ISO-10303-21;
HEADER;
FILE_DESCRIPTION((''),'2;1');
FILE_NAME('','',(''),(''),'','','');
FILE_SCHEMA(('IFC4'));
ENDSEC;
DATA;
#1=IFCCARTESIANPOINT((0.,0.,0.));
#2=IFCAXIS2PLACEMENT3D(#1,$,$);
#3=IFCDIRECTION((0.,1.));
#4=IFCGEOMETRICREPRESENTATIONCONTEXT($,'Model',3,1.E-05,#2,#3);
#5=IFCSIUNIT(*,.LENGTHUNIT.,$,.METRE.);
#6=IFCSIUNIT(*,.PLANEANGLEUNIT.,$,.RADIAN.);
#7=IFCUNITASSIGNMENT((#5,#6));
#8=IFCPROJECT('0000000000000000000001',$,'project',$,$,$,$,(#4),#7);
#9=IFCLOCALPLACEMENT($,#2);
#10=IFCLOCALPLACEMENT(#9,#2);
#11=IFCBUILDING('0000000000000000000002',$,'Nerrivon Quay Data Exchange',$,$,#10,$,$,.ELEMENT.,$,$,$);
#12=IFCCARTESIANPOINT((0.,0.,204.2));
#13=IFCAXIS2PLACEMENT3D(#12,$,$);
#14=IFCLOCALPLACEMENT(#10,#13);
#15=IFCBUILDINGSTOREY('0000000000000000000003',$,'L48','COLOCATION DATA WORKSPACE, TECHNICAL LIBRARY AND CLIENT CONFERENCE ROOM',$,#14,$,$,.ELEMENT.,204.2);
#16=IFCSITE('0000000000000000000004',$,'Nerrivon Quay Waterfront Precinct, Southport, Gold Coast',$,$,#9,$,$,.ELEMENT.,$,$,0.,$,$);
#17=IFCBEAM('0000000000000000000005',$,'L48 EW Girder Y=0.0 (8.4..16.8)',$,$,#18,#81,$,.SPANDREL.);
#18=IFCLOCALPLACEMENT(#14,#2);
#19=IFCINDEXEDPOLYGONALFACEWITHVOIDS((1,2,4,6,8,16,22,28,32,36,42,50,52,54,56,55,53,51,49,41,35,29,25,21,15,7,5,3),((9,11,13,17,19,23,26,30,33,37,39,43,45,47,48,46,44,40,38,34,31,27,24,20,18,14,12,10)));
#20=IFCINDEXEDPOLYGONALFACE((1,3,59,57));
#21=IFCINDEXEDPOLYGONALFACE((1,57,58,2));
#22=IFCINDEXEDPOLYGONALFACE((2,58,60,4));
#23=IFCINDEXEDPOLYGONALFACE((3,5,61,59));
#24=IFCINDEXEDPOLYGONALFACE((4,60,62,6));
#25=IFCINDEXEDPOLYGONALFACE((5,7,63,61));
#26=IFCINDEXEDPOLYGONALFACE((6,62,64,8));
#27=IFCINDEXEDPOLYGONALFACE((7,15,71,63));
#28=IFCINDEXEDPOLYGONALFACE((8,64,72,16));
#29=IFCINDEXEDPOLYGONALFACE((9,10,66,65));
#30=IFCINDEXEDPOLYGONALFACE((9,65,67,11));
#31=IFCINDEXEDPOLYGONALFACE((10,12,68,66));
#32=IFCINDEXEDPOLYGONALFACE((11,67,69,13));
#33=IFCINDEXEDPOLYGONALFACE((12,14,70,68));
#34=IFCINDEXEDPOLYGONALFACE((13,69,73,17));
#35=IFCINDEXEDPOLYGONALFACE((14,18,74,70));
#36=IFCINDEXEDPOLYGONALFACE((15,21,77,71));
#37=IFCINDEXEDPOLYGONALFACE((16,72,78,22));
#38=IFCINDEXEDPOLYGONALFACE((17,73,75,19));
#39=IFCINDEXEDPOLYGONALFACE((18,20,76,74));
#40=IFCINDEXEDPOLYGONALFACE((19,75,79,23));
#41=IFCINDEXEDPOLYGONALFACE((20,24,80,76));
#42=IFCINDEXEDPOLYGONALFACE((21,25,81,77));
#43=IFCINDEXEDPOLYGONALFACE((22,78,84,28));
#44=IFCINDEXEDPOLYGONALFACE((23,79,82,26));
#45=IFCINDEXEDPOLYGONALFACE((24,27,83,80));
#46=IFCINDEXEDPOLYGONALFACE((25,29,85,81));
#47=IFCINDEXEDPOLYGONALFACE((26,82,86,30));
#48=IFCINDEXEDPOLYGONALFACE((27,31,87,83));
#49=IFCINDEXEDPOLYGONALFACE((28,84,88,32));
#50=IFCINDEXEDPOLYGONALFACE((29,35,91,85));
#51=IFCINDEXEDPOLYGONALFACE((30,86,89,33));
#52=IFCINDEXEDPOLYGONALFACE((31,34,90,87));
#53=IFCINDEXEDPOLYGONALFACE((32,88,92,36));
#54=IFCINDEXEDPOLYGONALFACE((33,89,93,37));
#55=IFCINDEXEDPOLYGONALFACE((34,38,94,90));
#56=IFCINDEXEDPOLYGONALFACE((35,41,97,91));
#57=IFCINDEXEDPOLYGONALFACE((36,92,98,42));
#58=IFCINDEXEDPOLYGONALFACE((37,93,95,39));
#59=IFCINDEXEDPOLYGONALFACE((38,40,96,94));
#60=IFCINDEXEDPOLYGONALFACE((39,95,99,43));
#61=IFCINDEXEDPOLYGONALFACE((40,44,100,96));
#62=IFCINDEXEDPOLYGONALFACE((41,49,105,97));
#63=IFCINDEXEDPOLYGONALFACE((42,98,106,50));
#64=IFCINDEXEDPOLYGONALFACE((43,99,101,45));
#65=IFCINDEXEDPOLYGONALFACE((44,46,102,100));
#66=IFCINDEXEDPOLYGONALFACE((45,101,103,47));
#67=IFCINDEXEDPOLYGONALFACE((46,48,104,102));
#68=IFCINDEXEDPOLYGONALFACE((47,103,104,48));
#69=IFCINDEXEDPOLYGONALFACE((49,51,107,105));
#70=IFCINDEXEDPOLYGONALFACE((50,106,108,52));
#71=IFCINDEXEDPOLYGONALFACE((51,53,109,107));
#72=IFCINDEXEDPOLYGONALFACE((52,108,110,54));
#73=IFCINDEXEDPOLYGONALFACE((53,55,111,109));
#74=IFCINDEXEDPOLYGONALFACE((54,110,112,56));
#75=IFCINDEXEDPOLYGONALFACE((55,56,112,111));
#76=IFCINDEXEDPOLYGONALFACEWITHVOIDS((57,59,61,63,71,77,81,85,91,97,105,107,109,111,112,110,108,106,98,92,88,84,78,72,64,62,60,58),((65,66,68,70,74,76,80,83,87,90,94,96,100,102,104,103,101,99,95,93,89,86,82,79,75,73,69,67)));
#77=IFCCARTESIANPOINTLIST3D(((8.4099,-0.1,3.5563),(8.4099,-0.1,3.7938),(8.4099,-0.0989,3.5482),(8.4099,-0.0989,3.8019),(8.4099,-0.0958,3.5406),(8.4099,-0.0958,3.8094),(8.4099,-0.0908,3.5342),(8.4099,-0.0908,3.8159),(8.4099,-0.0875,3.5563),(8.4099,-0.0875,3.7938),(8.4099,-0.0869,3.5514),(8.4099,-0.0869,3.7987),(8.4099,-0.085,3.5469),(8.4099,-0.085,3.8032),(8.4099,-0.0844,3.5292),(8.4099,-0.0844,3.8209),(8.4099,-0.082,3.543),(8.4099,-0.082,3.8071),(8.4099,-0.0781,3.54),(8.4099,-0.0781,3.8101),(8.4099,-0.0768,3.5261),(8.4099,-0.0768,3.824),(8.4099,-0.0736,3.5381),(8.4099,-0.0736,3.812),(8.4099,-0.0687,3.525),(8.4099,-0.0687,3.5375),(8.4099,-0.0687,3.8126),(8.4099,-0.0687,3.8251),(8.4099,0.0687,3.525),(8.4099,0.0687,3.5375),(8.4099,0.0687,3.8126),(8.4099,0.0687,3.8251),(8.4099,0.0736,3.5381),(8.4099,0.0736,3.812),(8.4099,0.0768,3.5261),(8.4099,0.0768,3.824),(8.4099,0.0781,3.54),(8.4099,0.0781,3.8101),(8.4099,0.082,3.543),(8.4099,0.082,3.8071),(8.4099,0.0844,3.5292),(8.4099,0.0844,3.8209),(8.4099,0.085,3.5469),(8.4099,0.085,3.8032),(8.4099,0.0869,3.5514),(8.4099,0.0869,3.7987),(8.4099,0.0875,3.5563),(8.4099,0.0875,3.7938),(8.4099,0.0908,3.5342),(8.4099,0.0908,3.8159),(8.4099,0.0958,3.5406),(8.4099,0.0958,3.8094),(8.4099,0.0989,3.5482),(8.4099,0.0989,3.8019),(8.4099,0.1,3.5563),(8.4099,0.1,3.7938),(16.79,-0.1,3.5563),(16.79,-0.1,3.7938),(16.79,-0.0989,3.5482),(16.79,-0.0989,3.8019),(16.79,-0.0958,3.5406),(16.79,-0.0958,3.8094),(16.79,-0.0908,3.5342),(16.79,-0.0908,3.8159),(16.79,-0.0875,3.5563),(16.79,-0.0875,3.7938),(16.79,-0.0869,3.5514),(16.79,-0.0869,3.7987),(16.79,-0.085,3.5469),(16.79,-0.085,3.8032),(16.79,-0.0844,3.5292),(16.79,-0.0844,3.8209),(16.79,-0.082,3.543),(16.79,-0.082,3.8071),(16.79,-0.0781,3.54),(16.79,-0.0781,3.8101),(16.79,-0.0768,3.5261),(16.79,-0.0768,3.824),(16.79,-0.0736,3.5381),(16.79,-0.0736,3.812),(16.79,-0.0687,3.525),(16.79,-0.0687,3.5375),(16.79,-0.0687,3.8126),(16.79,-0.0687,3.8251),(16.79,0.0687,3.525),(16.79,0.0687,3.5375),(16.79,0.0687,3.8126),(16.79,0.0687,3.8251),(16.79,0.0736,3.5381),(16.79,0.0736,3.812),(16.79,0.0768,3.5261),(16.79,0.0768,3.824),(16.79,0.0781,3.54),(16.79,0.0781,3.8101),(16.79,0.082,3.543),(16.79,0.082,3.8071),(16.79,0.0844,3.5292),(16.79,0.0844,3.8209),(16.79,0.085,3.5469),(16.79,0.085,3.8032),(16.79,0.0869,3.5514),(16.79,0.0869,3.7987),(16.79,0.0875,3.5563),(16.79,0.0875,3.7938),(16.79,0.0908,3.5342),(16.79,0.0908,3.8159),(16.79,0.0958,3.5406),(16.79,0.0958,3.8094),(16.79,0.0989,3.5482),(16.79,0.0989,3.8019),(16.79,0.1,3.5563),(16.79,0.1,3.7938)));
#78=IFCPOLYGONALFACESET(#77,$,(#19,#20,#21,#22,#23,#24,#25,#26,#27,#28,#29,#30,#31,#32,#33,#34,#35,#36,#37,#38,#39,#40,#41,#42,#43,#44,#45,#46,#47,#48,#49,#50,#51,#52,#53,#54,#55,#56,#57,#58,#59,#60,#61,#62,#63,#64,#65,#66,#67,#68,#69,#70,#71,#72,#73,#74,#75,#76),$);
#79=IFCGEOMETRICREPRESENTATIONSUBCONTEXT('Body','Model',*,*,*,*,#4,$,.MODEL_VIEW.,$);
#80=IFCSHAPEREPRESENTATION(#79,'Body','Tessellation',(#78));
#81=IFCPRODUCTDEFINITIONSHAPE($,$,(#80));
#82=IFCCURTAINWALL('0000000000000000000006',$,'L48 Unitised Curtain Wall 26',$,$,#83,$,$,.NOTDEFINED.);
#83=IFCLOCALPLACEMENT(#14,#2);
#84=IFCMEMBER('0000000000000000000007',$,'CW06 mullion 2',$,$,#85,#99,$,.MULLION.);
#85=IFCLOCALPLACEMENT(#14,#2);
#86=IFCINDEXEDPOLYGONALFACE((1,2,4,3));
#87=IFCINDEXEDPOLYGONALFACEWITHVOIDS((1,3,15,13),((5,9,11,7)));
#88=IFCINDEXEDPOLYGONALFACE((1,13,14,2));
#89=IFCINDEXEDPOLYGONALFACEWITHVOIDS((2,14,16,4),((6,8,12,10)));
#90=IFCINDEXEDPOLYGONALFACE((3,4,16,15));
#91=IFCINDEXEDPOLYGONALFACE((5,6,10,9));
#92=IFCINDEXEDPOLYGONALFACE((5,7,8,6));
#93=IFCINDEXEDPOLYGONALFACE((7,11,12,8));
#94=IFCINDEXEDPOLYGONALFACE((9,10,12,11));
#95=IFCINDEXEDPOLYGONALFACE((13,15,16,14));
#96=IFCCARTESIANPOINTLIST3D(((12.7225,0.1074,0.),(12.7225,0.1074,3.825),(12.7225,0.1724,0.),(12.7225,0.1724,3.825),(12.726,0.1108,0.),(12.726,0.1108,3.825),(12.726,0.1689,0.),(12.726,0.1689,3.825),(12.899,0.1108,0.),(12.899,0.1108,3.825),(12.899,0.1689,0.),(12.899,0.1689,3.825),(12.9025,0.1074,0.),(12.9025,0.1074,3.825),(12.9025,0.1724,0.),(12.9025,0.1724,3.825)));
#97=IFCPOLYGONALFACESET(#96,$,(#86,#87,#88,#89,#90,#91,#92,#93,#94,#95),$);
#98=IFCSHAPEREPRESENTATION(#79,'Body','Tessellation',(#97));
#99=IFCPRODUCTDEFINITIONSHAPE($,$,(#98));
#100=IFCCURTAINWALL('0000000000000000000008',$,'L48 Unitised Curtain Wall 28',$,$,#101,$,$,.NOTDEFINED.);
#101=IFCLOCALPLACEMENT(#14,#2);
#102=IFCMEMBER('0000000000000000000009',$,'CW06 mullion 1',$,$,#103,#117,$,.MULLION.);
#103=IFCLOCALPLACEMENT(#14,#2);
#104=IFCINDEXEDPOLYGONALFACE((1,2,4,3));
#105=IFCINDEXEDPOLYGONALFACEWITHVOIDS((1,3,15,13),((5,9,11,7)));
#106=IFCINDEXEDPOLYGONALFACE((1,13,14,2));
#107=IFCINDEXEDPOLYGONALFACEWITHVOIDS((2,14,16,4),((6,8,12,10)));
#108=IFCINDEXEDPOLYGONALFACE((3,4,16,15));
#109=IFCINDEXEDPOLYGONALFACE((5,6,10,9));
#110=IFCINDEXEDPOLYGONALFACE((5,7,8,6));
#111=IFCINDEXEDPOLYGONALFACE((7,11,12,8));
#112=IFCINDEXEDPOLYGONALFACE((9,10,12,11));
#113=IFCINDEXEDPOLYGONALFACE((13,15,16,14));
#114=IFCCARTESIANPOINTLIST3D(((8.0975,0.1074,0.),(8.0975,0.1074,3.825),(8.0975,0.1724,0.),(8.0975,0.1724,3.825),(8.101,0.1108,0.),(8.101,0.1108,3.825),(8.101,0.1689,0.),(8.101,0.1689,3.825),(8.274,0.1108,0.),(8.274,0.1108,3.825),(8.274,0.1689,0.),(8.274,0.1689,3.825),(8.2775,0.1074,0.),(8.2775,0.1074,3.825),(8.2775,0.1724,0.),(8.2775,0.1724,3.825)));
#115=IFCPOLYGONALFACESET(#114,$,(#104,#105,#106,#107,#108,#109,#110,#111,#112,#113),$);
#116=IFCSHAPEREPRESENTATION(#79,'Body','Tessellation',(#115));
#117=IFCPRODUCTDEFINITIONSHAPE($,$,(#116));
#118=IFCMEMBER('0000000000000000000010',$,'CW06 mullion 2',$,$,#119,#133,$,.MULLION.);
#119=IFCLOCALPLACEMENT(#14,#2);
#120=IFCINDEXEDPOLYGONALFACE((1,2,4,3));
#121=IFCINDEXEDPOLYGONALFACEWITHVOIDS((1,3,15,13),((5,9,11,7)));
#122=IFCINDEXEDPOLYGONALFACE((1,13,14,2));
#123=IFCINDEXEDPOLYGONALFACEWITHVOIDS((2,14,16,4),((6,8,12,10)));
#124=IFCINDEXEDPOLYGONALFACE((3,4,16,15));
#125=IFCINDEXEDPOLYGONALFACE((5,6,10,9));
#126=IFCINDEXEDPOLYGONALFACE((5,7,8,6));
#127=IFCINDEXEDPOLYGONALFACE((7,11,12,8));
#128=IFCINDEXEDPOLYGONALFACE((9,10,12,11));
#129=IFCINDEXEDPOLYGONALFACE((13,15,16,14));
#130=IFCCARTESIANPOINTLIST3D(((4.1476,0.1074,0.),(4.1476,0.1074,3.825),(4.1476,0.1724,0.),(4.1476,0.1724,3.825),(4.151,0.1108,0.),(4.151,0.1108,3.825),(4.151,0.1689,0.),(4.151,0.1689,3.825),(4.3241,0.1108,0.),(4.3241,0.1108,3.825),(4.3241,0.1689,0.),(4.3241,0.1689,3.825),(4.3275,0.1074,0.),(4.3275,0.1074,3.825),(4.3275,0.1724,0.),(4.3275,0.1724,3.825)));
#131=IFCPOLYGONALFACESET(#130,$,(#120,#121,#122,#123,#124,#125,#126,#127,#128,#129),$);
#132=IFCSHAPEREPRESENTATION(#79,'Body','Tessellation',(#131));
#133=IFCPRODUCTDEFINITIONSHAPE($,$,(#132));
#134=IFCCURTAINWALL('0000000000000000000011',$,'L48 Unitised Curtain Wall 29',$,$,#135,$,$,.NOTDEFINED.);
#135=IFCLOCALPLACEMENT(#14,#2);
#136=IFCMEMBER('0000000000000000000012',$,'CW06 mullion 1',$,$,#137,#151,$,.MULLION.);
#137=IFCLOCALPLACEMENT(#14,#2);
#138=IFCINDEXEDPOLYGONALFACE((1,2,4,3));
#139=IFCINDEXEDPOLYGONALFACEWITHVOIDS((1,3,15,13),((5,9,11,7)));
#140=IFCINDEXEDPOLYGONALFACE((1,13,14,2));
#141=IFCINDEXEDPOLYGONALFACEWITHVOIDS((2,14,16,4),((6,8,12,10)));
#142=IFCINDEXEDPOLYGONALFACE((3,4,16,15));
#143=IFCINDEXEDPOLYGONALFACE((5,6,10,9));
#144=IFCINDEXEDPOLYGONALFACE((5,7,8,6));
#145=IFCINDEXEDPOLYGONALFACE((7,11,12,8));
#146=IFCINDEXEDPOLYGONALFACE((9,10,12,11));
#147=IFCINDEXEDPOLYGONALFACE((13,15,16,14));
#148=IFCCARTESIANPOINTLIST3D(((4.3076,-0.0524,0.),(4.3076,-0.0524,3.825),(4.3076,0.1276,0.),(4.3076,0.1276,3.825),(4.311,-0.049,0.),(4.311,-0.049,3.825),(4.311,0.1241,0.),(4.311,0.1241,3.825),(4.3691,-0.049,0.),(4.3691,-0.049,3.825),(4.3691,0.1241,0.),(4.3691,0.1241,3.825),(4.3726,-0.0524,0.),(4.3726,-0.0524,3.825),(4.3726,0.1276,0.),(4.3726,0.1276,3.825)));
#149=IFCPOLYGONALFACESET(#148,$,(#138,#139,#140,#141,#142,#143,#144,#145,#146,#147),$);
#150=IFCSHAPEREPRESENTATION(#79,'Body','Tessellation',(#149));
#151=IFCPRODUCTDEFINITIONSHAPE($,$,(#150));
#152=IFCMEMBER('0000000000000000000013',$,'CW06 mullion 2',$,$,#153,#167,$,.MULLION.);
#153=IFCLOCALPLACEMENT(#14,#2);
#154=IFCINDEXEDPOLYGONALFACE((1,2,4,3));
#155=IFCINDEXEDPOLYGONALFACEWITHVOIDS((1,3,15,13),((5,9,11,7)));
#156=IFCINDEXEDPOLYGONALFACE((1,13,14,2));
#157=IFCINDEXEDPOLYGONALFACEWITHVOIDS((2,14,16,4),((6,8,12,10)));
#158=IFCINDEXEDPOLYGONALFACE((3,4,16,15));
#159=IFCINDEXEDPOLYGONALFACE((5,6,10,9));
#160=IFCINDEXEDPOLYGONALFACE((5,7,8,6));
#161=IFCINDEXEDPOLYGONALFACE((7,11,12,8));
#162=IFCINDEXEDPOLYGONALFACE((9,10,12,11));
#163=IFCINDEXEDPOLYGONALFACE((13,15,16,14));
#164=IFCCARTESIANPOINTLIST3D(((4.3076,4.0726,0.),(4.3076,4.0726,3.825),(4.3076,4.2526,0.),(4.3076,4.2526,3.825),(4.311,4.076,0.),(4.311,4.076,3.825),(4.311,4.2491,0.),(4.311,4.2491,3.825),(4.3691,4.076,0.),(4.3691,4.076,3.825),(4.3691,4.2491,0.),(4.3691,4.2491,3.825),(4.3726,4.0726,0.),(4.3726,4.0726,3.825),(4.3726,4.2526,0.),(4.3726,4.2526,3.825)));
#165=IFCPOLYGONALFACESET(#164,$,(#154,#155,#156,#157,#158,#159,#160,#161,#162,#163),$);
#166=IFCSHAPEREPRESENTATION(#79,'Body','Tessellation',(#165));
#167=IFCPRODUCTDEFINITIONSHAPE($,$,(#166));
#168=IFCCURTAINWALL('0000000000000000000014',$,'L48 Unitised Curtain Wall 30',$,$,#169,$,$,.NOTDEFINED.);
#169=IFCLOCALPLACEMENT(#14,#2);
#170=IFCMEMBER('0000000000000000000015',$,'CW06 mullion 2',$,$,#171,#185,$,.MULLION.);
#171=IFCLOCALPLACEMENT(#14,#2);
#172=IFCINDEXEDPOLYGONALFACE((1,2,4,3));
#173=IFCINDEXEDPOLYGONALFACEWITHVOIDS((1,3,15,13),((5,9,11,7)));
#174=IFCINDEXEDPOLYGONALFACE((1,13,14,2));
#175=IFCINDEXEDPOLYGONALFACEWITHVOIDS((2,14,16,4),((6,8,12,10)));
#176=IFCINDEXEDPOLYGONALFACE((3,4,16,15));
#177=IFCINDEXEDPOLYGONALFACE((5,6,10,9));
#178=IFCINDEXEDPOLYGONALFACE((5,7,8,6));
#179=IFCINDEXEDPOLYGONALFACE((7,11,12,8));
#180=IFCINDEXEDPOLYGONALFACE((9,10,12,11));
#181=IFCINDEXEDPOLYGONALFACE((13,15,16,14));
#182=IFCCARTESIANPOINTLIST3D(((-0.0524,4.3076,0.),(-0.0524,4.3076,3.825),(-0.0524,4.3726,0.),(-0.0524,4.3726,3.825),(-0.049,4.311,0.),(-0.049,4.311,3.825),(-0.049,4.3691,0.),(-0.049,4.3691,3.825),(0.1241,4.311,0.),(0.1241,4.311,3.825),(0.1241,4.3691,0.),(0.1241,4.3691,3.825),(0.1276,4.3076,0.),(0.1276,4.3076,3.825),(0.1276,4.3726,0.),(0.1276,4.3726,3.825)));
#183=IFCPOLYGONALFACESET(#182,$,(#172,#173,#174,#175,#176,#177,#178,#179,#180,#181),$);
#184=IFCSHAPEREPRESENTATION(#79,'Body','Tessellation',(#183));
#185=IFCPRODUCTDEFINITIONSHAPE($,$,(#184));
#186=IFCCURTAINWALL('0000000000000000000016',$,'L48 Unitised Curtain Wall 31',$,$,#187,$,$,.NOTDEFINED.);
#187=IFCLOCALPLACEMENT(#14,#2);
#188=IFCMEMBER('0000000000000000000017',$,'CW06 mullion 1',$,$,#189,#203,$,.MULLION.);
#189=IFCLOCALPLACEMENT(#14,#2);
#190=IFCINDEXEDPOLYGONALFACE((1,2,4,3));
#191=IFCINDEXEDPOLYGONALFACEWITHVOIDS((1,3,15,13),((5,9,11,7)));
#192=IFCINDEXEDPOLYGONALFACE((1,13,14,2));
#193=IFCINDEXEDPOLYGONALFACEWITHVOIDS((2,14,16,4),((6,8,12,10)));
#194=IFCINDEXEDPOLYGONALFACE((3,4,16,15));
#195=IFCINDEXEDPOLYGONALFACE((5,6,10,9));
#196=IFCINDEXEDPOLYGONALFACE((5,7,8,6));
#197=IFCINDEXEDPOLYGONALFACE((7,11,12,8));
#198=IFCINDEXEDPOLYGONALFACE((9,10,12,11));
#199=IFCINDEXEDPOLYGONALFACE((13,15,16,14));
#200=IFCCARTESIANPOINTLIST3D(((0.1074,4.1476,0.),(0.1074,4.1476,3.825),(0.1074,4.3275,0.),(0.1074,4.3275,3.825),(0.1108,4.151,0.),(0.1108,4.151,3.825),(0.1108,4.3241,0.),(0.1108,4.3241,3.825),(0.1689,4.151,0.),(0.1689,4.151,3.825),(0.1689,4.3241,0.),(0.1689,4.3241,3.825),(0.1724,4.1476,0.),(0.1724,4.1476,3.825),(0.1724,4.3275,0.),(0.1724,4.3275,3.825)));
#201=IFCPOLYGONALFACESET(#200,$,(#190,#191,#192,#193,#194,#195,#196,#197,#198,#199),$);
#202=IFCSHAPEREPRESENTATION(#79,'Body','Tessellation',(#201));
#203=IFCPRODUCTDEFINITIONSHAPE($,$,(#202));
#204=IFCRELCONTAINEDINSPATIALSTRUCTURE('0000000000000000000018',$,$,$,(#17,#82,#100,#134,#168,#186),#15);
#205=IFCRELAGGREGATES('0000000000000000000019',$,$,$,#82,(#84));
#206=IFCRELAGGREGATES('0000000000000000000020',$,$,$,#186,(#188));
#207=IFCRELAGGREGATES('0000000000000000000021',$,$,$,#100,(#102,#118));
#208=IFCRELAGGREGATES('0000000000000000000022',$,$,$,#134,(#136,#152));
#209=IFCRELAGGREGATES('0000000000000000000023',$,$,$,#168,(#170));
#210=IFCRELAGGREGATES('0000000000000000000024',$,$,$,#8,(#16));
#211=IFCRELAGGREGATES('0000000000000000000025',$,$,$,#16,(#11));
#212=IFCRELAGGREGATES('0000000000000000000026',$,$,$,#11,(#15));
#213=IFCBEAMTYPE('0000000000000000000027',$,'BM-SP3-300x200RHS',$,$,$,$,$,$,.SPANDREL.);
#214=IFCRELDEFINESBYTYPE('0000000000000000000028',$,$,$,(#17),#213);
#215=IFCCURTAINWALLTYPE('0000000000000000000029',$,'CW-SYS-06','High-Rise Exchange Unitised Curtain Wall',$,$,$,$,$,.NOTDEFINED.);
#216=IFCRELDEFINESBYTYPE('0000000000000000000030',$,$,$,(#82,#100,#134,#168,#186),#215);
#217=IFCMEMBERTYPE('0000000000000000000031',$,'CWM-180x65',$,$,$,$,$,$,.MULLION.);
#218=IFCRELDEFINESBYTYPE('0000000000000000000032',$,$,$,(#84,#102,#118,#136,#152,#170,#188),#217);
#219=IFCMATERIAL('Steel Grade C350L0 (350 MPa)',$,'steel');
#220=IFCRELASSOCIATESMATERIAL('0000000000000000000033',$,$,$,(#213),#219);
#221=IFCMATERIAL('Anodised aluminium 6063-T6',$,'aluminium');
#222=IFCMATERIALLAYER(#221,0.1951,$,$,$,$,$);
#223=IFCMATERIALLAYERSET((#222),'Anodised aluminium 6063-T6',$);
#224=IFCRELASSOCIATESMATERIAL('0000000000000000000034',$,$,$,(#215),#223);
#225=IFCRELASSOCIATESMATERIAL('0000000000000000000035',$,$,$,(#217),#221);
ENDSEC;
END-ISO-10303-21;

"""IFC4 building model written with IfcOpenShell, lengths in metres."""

from ifc_helpers import new_model, si_unit, direction, frame, origin, origin_2d, place, context, subcontext, project, spatial, hollow_rectangle, extrude, material, layer, layer_set, material_profile, profile_set, type_object, element, aggregate, save


model = new_model("IFC4")

# Units and contexts
model_context = context("Model", 3, precision=1e-05, world=origin(), true_north=direction((0.0, 1.0)))
body_context = subcontext(model_context, "Body", "Model", "MODEL_VIEW")
ifc_project = project(units=[si_unit("LENGTHUNIT", "METRE"), si_unit("PLANEANGLEUNIT", "RADIAN")], contexts=[model_context])

# Site, building, storey
site_placement = place(None, origin())
site = spatial("IfcSite", under=ifc_project, at=site_placement, Name="Nerrivon Quay Waterfront Precinct, Southport, Gold Coast", CompositionType="ELEMENT", RefElevation=0.0)
building_placement = place(site_placement, origin())
building = spatial("IfcBuilding", under=site, at=building_placement, Name="Nerrivon Quay Data Exchange", CompositionType="ELEMENT")
storey_placement = place(building_placement, frame((0.0, 0.0, 204.2)))
storey = spatial("IfcBuildingStorey", under=building, at=storey_placement, Name="L48", Description="COLOCATION DATA WORKSPACE, TECHNICAL LIBRARY AND CLIENT CONFERENCE ROOM", CompositionType="ELEMENT", Elevation=204.2)

# Beam
ifc_material_1 = material(Name="Steel Grade C350L0 (350 MPa)", Category="steel")
ifc_material_profile_1 = material_profile(ifc_material_1, hollow_rectangle(XDim=0.2, YDim=0.3, WallThickness=0.0125, InnerFilletRadius=0.0188, OuterFilletRadius=0.0312, at=origin_2d()), Name="300x200x12.5RHS")
ifc_profile_set_1 = profile_set([ifc_material_profile_1], Name="Steel Grade C350L0 (350 MPa)")
beam_type_1 = type_object("IfcBeamType", Name="BM-SP3-300x200RHS", PredefinedType="SPANDREL", material=ifc_profile_set_1)
beam_1_placement = place(storey_placement, frame((8.4099, 0.0, 3.675), z_axis=(1.0, 0.0, 0.0), x_axis=(0.0, 1.0, 0.0)))
element("IfcBeam", 1, at=beam_1_placement, inside=storey, type_object=beam_type_1, Name="L48 EW Girder Y=0.0 (8.4..16.8)", PredefinedType="SPANDREL", context=body_context, shape_type="SweptSolid", body=[
    extrude(hollow_rectangle(XDim=0.2, YDim=0.3, WallThickness=0.0125, InnerFilletRadius=0.0188, OuterFilletRadius=0.0312, at=origin_2d()), origin(), (0.0, 0.0, 1.0), 8.3801),
])

# Curtain wall, member
ifc_material_2 = material(Name="Anodised aluminium 6063-T6", Category="aluminium")
ifc_layer_1 = layer(ifc_material_2, 0.1951)
ifc_layer_set_1 = layer_set([ifc_layer_1], Name="Anodised aluminium 6063-T6")
curtain_wall_type = type_object("IfcCurtainWallType", Name="CW-SYS-06", Description="High-Rise Exchange Unitised Curtain Wall", PredefinedType="NOTDEFINED", material=ifc_layer_set_1)
curtain_wall_1_placement = place(storey_placement, origin())
curtain_wall_1 = element("IfcCurtainWall", 2, at=curtain_wall_1_placement, inside=storey, type_object=curtain_wall_type, Name="L48 Unitised Curtain Wall 26", PredefinedType="NOTDEFINED")
ifc_material_profile_2 = material_profile(ifc_material_2, hollow_rectangle(XDim=0.0649, YDim=0.1799, WallThickness=0.0034, at=origin_2d()), Name="ALU-MULL-180x65")
ifc_profile_set_2 = profile_set([ifc_material_profile_2], Name="Anodised aluminium 6063-T6")
member_type_1 = type_object("IfcMemberType", Name="CWM-180x65", PredefinedType="MULLION", material=ifc_profile_set_2)
member_1_placement = place(storey_placement, frame((12.8125, 0.1399, 0.0), z_axis=(0.0, 0.0, 1.0), x_axis=(0.0, -1.0, 0.0)))
member_1 = element("IfcMember", 3, at=member_1_placement, type_object=member_type_1, Name="CW06 mullion 2", PredefinedType="MULLION", context=body_context, shape_type="SweptSolid", body=[
    extrude(hollow_rectangle(XDim=0.0649, YDim=0.1799, WallThickness=0.0034, at=origin_2d()), origin(), (0.0, 0.0, 1.0), 3.825),
])
aggregate(curtain_wall_1, [member_1])

# Curtain walls, members
curtain_wall_2_placement = place(storey_placement, origin())
curtain_wall_2 = element("IfcCurtainWall", 4, at=curtain_wall_2_placement, inside=storey, type_object=curtain_wall_type, Name="L48 Unitised Curtain Wall 28", PredefinedType="NOTDEFINED")
member_2_placement = place(storey_placement, frame((8.1875, 0.1399, 0.0), z_axis=(0.0, 0.0, 1.0), x_axis=(0.0, -1.0, 0.0)))
member_2 = element("IfcMember", 5, at=member_2_placement, type_object=member_type_1, Name="CW06 mullion 1", PredefinedType="MULLION", context=body_context, shape_type="SweptSolid", body=[
    extrude(hollow_rectangle(XDim=0.0649, YDim=0.1799, WallThickness=0.0034, at=origin_2d()), origin(), (0.0, 0.0, 1.0), 3.825),
])
member_3_placement = place(storey_placement, frame((4.2375, 0.1399, 0.0), z_axis=(0.0, 0.0, 1.0), x_axis=(0.0, -1.0, 0.0)))
member_3 = element("IfcMember", 6, at=member_3_placement, type_object=member_type_1, Name="CW06 mullion 2", PredefinedType="MULLION", context=body_context, shape_type="SweptSolid", body=[
    extrude(hollow_rectangle(XDim=0.0649, YDim=0.1799, WallThickness=0.0034, at=origin_2d()), origin(), (0.0, 0.0, 1.0), 3.825),
])
curtain_wall_3_placement = place(storey_placement, origin())
curtain_wall_3 = element("IfcCurtainWall", 7, at=curtain_wall_3_placement, inside=storey, type_object=curtain_wall_type, Name="L48 Unitised Curtain Wall 29", PredefinedType="NOTDEFINED")
member_4_placement = place(storey_placement, frame((4.3401, 0.0376, 0.0), z_axis=(0.0, 0.0, 1.0), x_axis=(-1.0, 0.0, 0.0)))
member_4 = element("IfcMember", 8, at=member_4_placement, type_object=member_type_1, Name="CW06 mullion 1", PredefinedType="MULLION", context=body_context, shape_type="SweptSolid", body=[
    extrude(hollow_rectangle(XDim=0.0649, YDim=0.1799, WallThickness=0.0034, at=origin_2d()), origin(), (0.0, 0.0, 1.0), 3.825),
])
member_5_placement = place(storey_placement, frame((4.3401, 4.1626, 0.0), z_axis=(0.0, 0.0, 1.0), x_axis=(-1.0, 0.0, 0.0)))
member_5 = element("IfcMember", 9, at=member_5_placement, type_object=member_type_1, Name="CW06 mullion 2", PredefinedType="MULLION", context=body_context, shape_type="SweptSolid", body=[
    extrude(hollow_rectangle(XDim=0.0649, YDim=0.1799, WallThickness=0.0034, at=origin_2d()), origin(), (0.0, 0.0, 1.0), 3.825),
])

# Curtain walls, members
curtain_wall_4_placement = place(storey_placement, origin())
curtain_wall_4 = element("IfcCurtainWall", 10, at=curtain_wall_4_placement, inside=storey, type_object=curtain_wall_type, Name="L48 Unitised Curtain Wall 30", PredefinedType="NOTDEFINED")
member_6_placement = place(storey_placement, frame((0.0376, 4.3401, 0.0), z_axis=(0.0, 0.0, 1.0), x_axis=(0.0, -1.0, 0.0)))
member_6 = element("IfcMember", 11, at=member_6_placement, type_object=member_type_1, Name="CW06 mullion 2", PredefinedType="MULLION", context=body_context, shape_type="SweptSolid", body=[
    extrude(hollow_rectangle(XDim=0.0649, YDim=0.1799, WallThickness=0.0034, at=origin_2d()), origin(), (0.0, 0.0, 1.0), 3.825),
])
curtain_wall_5_placement = place(storey_placement, origin())
curtain_wall_5 = element("IfcCurtainWall", 12, at=curtain_wall_5_placement, inside=storey, type_object=curtain_wall_type, Name="L48 Unitised Curtain Wall 31", PredefinedType="NOTDEFINED")
member_7_placement = place(storey_placement, frame((0.1399, 4.2375, 0.0), z_axis=(0.0, 0.0, 1.0), x_axis=(-1.0, 0.0, 0.0)))
member_7 = element("IfcMember", 13, at=member_7_placement, type_object=member_type_1, Name="CW06 mullion 1", PredefinedType="MULLION", context=body_context, shape_type="SweptSolid", body=[
    extrude(hollow_rectangle(XDim=0.0649, YDim=0.1799, WallThickness=0.0034, at=origin_2d()), origin(), (0.0, 0.0, 1.0), 3.825),
])

aggregate(curtain_wall_5, [member_7])

aggregate(curtain_wall_2, [member_2, member_3])
aggregate(curtain_wall_3, [member_4, member_5])
aggregate(curtain_wall_4, [member_6])

save(model, "model.ifc")
